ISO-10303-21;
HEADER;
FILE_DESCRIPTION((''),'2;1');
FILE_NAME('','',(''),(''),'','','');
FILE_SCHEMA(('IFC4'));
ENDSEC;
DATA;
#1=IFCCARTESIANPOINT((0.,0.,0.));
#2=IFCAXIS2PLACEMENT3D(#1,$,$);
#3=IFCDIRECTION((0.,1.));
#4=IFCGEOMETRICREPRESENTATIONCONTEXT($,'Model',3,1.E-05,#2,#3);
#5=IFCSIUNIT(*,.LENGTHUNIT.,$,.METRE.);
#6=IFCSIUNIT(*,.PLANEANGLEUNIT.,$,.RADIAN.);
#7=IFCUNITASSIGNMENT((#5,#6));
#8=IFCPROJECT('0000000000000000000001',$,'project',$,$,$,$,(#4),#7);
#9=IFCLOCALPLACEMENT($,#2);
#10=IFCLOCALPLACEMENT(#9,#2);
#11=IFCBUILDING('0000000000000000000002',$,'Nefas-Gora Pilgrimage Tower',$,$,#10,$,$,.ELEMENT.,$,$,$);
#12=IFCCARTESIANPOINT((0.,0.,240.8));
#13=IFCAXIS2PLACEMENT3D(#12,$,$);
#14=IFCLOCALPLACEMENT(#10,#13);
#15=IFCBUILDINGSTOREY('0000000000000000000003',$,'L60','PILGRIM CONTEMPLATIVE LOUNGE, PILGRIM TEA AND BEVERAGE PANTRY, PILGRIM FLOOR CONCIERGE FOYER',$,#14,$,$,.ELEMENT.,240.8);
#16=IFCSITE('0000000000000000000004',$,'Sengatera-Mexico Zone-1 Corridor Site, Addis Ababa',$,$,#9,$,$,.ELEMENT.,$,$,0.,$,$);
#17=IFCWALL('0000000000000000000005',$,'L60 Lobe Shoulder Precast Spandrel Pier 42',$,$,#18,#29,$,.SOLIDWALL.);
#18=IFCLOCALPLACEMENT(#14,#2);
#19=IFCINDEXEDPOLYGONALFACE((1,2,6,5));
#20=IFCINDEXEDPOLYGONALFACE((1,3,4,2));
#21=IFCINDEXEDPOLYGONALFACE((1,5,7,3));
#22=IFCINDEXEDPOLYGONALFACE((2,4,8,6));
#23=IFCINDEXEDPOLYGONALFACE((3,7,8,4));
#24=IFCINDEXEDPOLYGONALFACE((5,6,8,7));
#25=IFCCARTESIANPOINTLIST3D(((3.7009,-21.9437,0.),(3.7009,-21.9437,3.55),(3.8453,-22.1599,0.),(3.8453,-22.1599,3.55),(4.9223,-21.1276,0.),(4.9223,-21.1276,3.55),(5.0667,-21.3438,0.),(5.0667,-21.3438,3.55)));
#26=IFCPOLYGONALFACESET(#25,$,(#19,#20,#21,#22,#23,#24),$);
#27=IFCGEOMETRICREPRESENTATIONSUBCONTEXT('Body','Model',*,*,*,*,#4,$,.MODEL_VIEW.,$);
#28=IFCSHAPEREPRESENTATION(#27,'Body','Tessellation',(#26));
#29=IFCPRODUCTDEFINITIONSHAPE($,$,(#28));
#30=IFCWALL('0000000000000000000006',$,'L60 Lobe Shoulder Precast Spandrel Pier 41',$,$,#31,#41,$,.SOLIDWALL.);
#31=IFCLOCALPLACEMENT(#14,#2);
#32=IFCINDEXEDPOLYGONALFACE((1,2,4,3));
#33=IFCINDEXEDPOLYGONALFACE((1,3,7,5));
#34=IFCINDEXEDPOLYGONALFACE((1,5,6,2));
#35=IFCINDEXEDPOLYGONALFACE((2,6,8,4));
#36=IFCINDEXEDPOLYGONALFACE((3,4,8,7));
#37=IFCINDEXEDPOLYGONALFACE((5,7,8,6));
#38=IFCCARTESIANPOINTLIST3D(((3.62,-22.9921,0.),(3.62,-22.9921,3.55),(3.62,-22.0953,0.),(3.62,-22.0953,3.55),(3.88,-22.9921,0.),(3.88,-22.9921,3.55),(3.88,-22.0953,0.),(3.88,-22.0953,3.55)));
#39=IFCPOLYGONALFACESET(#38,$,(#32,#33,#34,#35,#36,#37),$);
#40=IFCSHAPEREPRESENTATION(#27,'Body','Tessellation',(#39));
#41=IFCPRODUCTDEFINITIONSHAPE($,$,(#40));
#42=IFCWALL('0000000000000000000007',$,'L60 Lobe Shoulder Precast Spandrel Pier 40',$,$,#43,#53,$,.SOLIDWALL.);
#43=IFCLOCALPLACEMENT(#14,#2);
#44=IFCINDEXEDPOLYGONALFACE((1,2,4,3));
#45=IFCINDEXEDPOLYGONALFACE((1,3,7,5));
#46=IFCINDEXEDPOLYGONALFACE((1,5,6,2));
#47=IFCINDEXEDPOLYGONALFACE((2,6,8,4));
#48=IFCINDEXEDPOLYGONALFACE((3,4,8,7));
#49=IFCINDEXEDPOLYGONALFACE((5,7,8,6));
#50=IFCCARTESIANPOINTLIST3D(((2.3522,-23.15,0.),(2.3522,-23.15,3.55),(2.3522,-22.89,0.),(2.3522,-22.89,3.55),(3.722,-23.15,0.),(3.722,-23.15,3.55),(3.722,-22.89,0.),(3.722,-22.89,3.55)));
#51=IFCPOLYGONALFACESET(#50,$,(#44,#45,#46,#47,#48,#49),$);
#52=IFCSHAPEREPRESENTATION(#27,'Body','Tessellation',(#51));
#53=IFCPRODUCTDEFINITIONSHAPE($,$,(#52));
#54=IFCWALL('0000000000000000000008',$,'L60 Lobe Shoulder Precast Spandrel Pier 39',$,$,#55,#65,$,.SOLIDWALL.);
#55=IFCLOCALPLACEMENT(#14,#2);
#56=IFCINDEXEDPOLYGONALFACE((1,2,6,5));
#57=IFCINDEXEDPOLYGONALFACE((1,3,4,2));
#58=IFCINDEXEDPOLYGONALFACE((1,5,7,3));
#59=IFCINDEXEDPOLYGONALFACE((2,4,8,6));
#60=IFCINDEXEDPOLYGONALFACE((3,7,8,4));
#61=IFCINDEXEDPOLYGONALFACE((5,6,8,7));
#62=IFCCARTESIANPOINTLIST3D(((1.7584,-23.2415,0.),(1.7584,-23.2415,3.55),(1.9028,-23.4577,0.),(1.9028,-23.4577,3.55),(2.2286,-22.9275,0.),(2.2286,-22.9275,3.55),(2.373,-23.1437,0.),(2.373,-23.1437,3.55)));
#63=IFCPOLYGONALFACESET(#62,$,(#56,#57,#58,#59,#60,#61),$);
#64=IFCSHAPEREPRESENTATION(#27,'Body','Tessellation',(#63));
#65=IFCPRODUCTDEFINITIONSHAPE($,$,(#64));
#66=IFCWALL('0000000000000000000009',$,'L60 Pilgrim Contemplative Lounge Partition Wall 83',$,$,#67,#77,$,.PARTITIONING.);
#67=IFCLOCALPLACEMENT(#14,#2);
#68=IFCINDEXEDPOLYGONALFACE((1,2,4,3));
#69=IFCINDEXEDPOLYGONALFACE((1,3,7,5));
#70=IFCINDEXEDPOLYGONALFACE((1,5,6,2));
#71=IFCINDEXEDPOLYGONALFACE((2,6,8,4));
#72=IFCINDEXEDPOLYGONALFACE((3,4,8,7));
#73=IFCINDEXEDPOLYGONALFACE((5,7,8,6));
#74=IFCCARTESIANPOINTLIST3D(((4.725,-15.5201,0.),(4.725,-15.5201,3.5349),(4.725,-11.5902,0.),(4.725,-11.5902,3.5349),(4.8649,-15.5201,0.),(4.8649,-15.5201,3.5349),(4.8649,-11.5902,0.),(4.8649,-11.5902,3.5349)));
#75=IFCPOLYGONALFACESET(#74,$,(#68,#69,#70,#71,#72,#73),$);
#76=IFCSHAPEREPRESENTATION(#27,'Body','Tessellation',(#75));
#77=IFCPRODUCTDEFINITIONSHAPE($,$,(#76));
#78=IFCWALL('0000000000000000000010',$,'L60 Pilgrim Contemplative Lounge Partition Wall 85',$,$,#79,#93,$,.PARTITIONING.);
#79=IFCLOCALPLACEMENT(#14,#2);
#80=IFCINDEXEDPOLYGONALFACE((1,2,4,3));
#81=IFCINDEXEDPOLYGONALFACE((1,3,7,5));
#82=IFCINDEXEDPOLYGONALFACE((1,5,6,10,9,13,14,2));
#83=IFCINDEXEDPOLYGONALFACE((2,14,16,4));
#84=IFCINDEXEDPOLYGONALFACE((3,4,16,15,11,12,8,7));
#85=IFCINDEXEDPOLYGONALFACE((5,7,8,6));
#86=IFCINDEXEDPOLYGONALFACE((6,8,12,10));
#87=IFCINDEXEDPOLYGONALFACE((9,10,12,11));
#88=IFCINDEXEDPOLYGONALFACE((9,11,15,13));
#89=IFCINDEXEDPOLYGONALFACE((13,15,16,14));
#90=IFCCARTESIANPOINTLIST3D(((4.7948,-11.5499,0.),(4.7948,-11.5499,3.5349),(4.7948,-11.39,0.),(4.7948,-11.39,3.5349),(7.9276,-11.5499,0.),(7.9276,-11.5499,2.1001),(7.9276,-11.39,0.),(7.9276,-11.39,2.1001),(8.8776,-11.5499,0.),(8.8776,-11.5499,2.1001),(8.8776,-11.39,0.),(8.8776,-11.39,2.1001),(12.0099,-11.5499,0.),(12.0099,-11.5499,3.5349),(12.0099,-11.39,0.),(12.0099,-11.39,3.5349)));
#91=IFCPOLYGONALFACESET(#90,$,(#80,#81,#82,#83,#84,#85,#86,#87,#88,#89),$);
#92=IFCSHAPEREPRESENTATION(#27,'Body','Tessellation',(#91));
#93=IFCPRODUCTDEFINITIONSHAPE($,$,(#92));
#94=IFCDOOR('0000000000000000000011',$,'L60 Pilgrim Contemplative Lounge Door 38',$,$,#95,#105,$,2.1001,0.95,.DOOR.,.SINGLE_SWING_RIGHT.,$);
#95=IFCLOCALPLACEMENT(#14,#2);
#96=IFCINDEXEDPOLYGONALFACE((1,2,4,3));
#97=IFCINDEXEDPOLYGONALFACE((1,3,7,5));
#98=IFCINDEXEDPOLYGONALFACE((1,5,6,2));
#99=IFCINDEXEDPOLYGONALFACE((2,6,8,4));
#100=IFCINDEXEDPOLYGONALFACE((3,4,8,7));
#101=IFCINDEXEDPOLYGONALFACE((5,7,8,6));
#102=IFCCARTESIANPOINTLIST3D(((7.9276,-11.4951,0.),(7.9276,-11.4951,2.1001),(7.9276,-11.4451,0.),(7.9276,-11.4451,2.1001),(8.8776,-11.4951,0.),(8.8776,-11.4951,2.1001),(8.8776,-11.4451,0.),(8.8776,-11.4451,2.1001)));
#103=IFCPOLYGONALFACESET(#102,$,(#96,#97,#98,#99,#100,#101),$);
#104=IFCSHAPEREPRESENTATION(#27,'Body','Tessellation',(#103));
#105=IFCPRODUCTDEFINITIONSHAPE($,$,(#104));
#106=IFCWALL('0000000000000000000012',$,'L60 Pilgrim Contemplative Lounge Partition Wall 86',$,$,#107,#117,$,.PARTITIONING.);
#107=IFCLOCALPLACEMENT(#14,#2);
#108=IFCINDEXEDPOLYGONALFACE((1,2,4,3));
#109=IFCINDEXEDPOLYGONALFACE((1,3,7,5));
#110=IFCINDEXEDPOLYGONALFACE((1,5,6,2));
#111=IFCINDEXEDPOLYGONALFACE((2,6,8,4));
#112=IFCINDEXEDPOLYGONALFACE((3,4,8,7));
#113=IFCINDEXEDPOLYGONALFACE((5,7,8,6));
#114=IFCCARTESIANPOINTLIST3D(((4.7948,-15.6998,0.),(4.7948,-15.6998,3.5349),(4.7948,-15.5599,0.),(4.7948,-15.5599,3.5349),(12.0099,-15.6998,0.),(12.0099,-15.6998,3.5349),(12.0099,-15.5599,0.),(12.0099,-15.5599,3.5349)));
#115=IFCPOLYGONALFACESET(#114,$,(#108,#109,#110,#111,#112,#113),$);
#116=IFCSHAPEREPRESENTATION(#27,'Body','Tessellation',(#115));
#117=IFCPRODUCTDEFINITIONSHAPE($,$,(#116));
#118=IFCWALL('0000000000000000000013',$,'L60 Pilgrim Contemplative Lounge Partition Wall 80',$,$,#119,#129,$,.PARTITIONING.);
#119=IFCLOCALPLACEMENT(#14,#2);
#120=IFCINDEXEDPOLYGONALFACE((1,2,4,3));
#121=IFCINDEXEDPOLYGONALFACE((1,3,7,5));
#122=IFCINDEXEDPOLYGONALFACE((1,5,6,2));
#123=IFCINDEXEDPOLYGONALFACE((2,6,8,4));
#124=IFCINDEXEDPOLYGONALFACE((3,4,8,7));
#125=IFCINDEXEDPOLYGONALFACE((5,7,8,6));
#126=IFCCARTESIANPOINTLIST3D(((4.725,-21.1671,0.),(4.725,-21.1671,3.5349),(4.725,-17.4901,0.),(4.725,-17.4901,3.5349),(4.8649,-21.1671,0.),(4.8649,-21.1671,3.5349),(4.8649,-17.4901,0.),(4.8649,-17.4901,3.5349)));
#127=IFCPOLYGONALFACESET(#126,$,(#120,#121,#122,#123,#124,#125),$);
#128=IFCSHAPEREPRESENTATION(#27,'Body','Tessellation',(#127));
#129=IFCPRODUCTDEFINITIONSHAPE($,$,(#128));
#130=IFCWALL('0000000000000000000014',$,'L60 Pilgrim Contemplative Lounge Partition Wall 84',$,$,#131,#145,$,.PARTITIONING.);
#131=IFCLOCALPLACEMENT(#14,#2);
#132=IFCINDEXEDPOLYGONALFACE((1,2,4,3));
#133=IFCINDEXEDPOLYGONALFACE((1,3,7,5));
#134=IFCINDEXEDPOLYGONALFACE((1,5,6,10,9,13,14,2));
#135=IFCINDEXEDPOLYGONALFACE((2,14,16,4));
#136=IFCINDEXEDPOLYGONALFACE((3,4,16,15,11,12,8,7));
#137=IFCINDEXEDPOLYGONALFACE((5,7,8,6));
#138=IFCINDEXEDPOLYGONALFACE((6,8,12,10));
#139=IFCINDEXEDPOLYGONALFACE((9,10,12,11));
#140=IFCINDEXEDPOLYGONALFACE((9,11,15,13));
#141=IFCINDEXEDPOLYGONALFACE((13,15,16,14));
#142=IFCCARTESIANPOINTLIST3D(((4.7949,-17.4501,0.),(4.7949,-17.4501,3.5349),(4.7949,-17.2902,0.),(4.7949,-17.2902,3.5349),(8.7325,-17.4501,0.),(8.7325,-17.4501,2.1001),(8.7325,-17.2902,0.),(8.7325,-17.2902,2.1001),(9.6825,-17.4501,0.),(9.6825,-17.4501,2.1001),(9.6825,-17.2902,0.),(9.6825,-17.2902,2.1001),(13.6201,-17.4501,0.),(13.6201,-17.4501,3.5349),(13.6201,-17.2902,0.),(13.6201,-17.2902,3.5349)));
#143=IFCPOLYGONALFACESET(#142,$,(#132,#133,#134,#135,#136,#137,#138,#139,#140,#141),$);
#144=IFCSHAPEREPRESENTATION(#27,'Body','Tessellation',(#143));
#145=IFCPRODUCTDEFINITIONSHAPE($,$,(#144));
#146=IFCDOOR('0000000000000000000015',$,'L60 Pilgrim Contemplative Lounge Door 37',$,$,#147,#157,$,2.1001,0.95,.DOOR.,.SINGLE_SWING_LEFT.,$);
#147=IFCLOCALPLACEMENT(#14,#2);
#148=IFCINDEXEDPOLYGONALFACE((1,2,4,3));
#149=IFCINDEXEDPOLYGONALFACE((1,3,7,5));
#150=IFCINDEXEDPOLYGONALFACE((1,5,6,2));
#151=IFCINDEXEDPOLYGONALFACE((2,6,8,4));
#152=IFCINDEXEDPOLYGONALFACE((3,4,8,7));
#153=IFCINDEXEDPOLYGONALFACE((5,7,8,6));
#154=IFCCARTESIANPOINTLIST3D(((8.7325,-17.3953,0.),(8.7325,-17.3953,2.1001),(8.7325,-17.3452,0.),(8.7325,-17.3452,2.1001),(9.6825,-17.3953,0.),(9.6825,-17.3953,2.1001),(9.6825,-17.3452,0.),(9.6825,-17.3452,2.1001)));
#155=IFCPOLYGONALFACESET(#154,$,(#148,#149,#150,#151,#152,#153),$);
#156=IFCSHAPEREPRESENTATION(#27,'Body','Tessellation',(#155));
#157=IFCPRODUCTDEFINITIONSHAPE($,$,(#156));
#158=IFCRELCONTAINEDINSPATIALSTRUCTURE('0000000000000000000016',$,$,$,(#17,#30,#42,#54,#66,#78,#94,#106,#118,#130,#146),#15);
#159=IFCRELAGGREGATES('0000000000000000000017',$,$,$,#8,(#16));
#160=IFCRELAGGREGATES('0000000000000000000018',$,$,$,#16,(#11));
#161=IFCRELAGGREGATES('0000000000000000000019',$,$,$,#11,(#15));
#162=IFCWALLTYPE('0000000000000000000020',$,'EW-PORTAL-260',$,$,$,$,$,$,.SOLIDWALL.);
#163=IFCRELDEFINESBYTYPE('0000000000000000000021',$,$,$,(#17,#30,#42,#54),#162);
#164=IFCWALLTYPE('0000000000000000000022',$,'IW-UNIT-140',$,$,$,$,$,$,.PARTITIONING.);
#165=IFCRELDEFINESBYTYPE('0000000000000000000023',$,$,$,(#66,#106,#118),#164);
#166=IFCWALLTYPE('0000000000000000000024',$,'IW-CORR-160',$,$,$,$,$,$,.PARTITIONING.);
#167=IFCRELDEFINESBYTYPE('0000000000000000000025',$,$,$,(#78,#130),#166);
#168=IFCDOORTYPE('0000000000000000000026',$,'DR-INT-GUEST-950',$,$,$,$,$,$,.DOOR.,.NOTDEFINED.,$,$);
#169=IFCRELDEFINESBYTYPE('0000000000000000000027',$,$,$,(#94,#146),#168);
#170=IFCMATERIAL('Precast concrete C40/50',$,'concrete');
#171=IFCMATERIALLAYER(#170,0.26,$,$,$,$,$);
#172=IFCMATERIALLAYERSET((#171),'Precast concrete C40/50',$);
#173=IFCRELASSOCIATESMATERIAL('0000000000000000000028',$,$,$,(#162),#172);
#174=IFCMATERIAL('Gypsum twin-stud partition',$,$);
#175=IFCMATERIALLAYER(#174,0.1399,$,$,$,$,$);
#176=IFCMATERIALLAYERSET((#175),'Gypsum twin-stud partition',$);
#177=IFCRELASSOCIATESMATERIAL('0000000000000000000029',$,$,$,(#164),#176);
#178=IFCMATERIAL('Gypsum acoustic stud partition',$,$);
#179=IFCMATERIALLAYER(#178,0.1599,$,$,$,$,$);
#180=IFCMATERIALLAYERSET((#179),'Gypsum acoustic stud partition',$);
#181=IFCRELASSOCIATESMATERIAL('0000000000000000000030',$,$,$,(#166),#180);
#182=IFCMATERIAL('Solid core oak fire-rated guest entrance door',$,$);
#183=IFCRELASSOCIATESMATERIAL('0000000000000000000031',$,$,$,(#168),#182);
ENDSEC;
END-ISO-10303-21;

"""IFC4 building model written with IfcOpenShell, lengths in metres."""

from ifc_helpers import new_model, si_unit, direction, frame, frame_2d, origin, place, context, subcontext, project, spatial, rectangle, extrude, source, transform, mapped, material, layer, layer_set, type_object, element, fill, save


model = new_model("IFC4")

# Units and contexts
model_context = context("Model", 3, precision=1e-05, world=origin(), true_north=direction((0.0, 1.0)))
body_context = subcontext(model_context, "Body", "Model", "MODEL_VIEW")
ifc_project = project(units=[si_unit("LENGTHUNIT", "METRE"), si_unit("PLANEANGLEUNIT", "RADIAN")], contexts=[model_context])

# Site, building, storey
site_placement = place(None, origin())
site = spatial("IfcSite", under=ifc_project, at=site_placement, Name="Sengatera-Mexico Zone-1 Corridor Site, Addis Ababa", CompositionType="ELEMENT", RefElevation=0.0)
building_placement = place(site_placement, origin())
building = spatial("IfcBuilding", under=site, at=building_placement, Name="Nefas-Gora Pilgrimage Tower", CompositionType="ELEMENT")
storey_placement = place(building_placement, frame((0.0, 0.0, 240.8)))
storey = spatial("IfcBuildingStorey", under=building, at=storey_placement, Name="L60", Description="PILGRIM CONTEMPLATIVE LOUNGE, PILGRIM TEA AND BEVERAGE PANTRY, PILGRIM FLOOR CONCIERGE FOYER", CompositionType="ELEMENT", Elevation=240.8)

# Walls
ifc_material_1 = material(Name="Precast concrete C40/50", Category="concrete")
ifc_layer_1 = layer(ifc_material_1, 0.26)
ifc_layer_set_1 = layer_set([ifc_layer_1], Name="Precast concrete C40/50")
wall_type_1 = type_object("IfcWallType", Name="EW-PORTAL-260", PredefinedType="SOLIDWALL", material=ifc_layer_set_1)
shared_shape_1 = source(origin(), body_context, "Body", "SweptSolid", [
    extrude(rectangle(XDim=1.469, YDim=0.26, at=frame_2d((0.7344, 0.0))), origin(), (0.0, 0.0, 1.0), 3.55),
])
wall_1_placement = place(storey_placement, frame((3.7732, -22.0518, 0.0), z_axis=(0.0, 0.0, 1.0), x_axis=(0.831462, 0.555582, 0.0)))
element("IfcWall", 1, at=wall_1_placement, inside=storey, type_object=wall_type_1, Name="L60 Lobe Shoulder Precast Spandrel Pier 42", PredefinedType="SOLIDWALL", context=body_context, shape_type="MappedRepresentation", body=[
    mapped(shared_shape_1, transform((0.0, 0.0, 0.0), x_axis=(1.0, 0.0, 0.0), y_axis=(0.0, 1.0, 0.0), z_axis=(0.0, 0.0, 1.0), scale=1.0)),
])
shared_shape_2 = source(origin(), body_context, "Body", "SweptSolid", [
    extrude(rectangle(XDim=0.8967, YDim=0.26, at=frame_2d((0.4482, 0.0))), origin(), (0.0, 0.0, 1.0), 3.55),
])
wall_2_placement = place(storey_placement, frame((3.75, -22.9919, 0.0), z_axis=(0.0, 0.0, 1.0), x_axis=(0.0, 1.0, 0.0)))
element("IfcWall", 2, at=wall_2_placement, inside=storey, type_object=wall_type_1, Name="L60 Lobe Shoulder Precast Spandrel Pier 41", PredefinedType="SOLIDWALL", context=body_context, shape_type="MappedRepresentation", body=[
    mapped(shared_shape_2, transform((0.0, 0.0, 0.0), x_axis=(1.0, 0.0, 0.0), y_axis=(0.0, 1.0, 0.0), z_axis=(0.0, 0.0, 1.0), scale=1.0)),
])
shared_shape_3 = source(origin(), body_context, "Body", "SweptSolid", [
    extrude(rectangle(XDim=1.3699, YDim=0.26, at=frame_2d((0.6851, 0.0))), origin(), (0.0, 0.0, 1.0), 3.55),
])
wall_3_placement = place(storey_placement, frame((2.3521, -23.02, 0.0), z_axis=(0.0, 0.0, 1.0), x_axis=(1.0, 0.0, 0.0)))
element("IfcWall", 3, at=wall_3_placement, inside=storey, type_object=wall_type_1, Name="L60 Lobe Shoulder Precast Spandrel Pier 40", PredefinedType="SOLIDWALL", context=body_context, shape_type="MappedRepresentation", body=[
    mapped(shared_shape_3, transform((0.0, 0.0, 0.0), x_axis=(1.0, 0.0, 0.0), y_axis=(0.0, 1.0, 0.0), z_axis=(0.0, 0.0, 1.0), scale=1.0)),
])
shared_shape_4 = source(origin(), body_context, "Body", "SweptSolid", [
    extrude(rectangle(XDim=0.5654, YDim=0.26, at=frame_2d((0.2827, 0.0))), origin(), (0.0, 0.0, 1.0), 3.55),
])
wall_4_placement = place(storey_placement, frame((1.8306, -23.3496, 0.0), z_axis=(0.0, 0.0, 1.0), x_axis=(0.831651, 0.555298, 0.0)))
element("IfcWall", 4, at=wall_4_placement, inside=storey, type_object=wall_type_1, Name="L60 Lobe Shoulder Precast Spandrel Pier 39", PredefinedType="SOLIDWALL", context=body_context, shape_type="MappedRepresentation", body=[
    mapped(shared_shape_4, transform((0.0, 0.0, 0.0), x_axis=(1.0, 0.0, 0.0), y_axis=(0.0, 1.0, 0.0), z_axis=(0.0, 0.0, 1.0), scale=1.0)),
])
ifc_material_2 = material(Name="Gypsum twin-stud partition")
ifc_layer_2 = layer(ifc_material_2, 0.1399)
ifc_layer_set_2 = layer_set([ifc_layer_2], Name="Gypsum twin-stud partition")
wall_type_2 = type_object("IfcWallType", Name="IW-UNIT-140", PredefinedType="PARTITIONING", material=ifc_layer_set_2)
shared_shape_5 = source(origin(), body_context, "Body", "SweptSolid", [
    extrude(rectangle(XDim=3.9299, YDim=0.1399, at=frame_2d((1.9648, 0.0))), origin(), (0.0, 0.0, 1.0), 3.5349),
])
wall_5_placement = place(storey_placement, frame((4.7949, -15.52, 0.0), z_axis=(0.0, 0.0, 1.0), x_axis=(0.0, 1.0, 0.0)))
element("IfcWall", 5, at=wall_5_placement, inside=storey, type_object=wall_type_2, Name="L60 Pilgrim Contemplative Lounge Partition Wall 83", PredefinedType="PARTITIONING", context=body_context, shape_type="MappedRepresentation", body=[
    mapped(shared_shape_5, transform((0.0, 0.0, 0.0), x_axis=(1.0, 0.0, 0.0), y_axis=(0.0, 1.0, 0.0), z_axis=(0.0, 0.0, 1.0), scale=1.0)),
])

# Wall, opening, door
ifc_material_3 = material(Name="Gypsum acoustic stud partition")
ifc_layer_3 = layer(ifc_material_3, 0.1599)
ifc_layer_set_3 = layer_set([ifc_layer_3], Name="Gypsum acoustic stud partition")
wall_type_3 = type_object("IfcWallType", Name="IW-CORR-160", PredefinedType="PARTITIONING", material=ifc_layer_set_3)
shared_shape_6 = source(origin(), body_context, "Body", "SweptSolid", [
    extrude(rectangle(XDim=7.2151, YDim=0.1599, at=frame_2d((3.6074, 0.0))), origin(), (0.0, 0.0, 1.0), 3.5349),
])
wall_6_placement = place(storey_placement, frame((4.7949, -11.47, 0.0), z_axis=(0.0, 0.0, 1.0), x_axis=(1.0, 0.0, 0.0)))
wall_6 = element("IfcWall", 6, at=wall_6_placement, inside=storey, type_object=wall_type_3, Name="L60 Pilgrim Contemplative Lounge Partition Wall 85", PredefinedType="PARTITIONING", context=body_context, shape_type="MappedRepresentation", body=[
    mapped(shared_shape_6, transform((0.0, 0.0, 0.0), x_axis=(1.0, 0.0, 0.0), y_axis=(0.0, 1.0, 0.0), z_axis=(0.0, 0.0, 1.0), scale=1.0)),
])
opening_1_placement = place(wall_6_placement, frame((3.1326, 0.0, 0.0)))
opening_1 = element("IfcOpeningElement", 7, at=opening_1_placement, cuts=wall_6, PredefinedType="OPENING", context=body_context, shape_type="SweptSolid", body=[
    extrude(rectangle(XDim=0.95, YDim=2.1001, at=frame_2d((0.4751, 1.05))), frame((0.0, 0.0898, 0.0), z_axis=(0.0, -1.0, 0.0), x_axis=(1.0, 0.0, 0.0)), (0.0, 0.0, 1.0), 0.1799),
])
ifc_material_4 = material(Name="Solid core oak fire-rated guest entrance door")
door_type = type_object("IfcDoorType", Name="DR-INT-GUEST-950", OperationType="NOTDEFINED", PredefinedType="DOOR", material=ifc_material_4)
shared_shape_7 = source(origin(), body_context, "Body", "SweptSolid", [
    extrude(rectangle(XDim=0.95, YDim=2.1001, at=frame_2d((0.4751, 1.05))), frame((0.0, 0.0249, 0.0), z_axis=(0.0, -1.0, 0.0), x_axis=(1.0, 0.0, 0.0)), (0.0, 0.0, 1.0), 0.05),
])
door_1_placement = place(opening_1_placement, origin())
door_1 = element("IfcDoor", 8, at=door_1_placement, inside=storey, type_object=door_type, Name="L60 Pilgrim Contemplative Lounge Door 38", OperationType="SINGLE_SWING_RIGHT", OverallHeight=2.1001, OverallWidth=0.95, PredefinedType="DOOR", context=body_context, shape_type="MappedRepresentation", body=[
    mapped(shared_shape_7, transform((0.0, 0.0, 0.0), x_axis=(1.0, 0.0, 0.0), y_axis=(0.0, 1.0, 0.0), z_axis=(0.0, 0.0, 1.0), scale=1.0)),
])
fill(opening_1, door_1)

# Walls
shared_shape_8 = source(origin(), body_context, "Body", "SweptSolid", [
    extrude(rectangle(XDim=7.2151, YDim=0.1399, at=frame_2d((3.6074, 0.0))), origin(), (0.0, 0.0, 1.0), 3.5349),
])
wall_7_placement = place(storey_placement, frame((4.7949, -15.6299, 0.0), z_axis=(0.0, 0.0, 1.0), x_axis=(1.0, 0.0, 0.0)))
element("IfcWall", 9, at=wall_7_placement, inside=storey, type_object=wall_type_2, Name="L60 Pilgrim Contemplative Lounge Partition Wall 86", PredefinedType="PARTITIONING", context=body_context, shape_type="MappedRepresentation", body=[
    mapped(shared_shape_8, transform((0.0, 0.0, 0.0), x_axis=(1.0, 0.0, 0.0), y_axis=(0.0, 1.0, 0.0), z_axis=(0.0, 0.0, 1.0), scale=1.0)),
])
shared_shape_9 = source(origin(), body_context, "Body", "SweptSolid", [
    extrude(rectangle(XDim=3.677, YDim=0.1399, at=frame_2d((1.8384, 0.0))), origin(), (0.0, 0.0, 1.0), 3.5349),
])
wall_8_placement = place(storey_placement, frame((4.7949, -21.167, 0.0), z_axis=(0.0, 0.0, 1.0), x_axis=(0.0, 1.0, 0.0)))
element("IfcWall", 10, at=wall_8_placement, inside=storey, type_object=wall_type_2, Name="L60 Pilgrim Contemplative Lounge Partition Wall 80", PredefinedType="PARTITIONING", context=body_context, shape_type="MappedRepresentation", body=[
    mapped(shared_shape_9, transform((0.0, 0.0, 0.0), x_axis=(1.0, 0.0, 0.0), y_axis=(0.0, 1.0, 0.0), z_axis=(0.0, 0.0, 1.0), scale=1.0)),
])

# Wall, opening, door
shared_shape_10 = source(origin(), body_context, "Body", "SweptSolid", [
    extrude(rectangle(XDim=8.8252, YDim=0.1599, at=frame_2d((4.4126, 0.0))), origin(), (0.0, 0.0, 1.0), 3.5349),
])
wall_9_placement = place(storey_placement, frame((4.7949, -17.3701, 0.0), z_axis=(0.0, 0.0, 1.0), x_axis=(1.0, 0.0, 0.0)))
wall_9 = element("IfcWall", 11, at=wall_9_placement, inside=storey, type_object=wall_type_3, Name="L60 Pilgrim Contemplative Lounge Partition Wall 84", PredefinedType="PARTITIONING", context=body_context, shape_type="MappedRepresentation", body=[
    mapped(shared_shape_10, transform((0.0, 0.0, 0.0), x_axis=(1.0, 0.0, 0.0), y_axis=(0.0, 1.0, 0.0), z_axis=(0.0, 0.0, 1.0), scale=1.0)),
])
opening_2_placement = place(wall_9_placement, frame((3.9375, 0.0, 0.0)))
opening_2 = element("IfcOpeningElement", 12, at=opening_2_placement, cuts=wall_9, PredefinedType="OPENING", context=body_context, shape_type="SweptSolid", body=[
    extrude(rectangle(XDim=0.95, YDim=2.1001, at=frame_2d((0.4751, 1.05))), frame((0.0, 0.0898, 0.0), z_axis=(0.0, -1.0, 0.0), x_axis=(1.0, 0.0, 0.0)), (0.0, 0.0, 1.0), 0.1799),
])
door_2_placement = place(opening_2_placement, origin())
door_2 = element("IfcDoor", 13, at=door_2_placement, inside=storey, type_object=door_type, Name="L60 Pilgrim Contemplative Lounge Door 37", OperationType="SINGLE_SWING_LEFT", OverallHeight=2.1001, OverallWidth=0.95, PredefinedType="DOOR", context=body_context, shape_type="MappedRepresentation", body=[
    mapped(shared_shape_7, transform((0.0, 0.0, 0.0), x_axis=(1.0, 0.0, 0.0), y_axis=(0.0, 1.0, 0.0), z_axis=(0.0, 0.0, 1.0), scale=1.0)),
])
fill(opening_2, door_2)

save(model, "model.ifc")
